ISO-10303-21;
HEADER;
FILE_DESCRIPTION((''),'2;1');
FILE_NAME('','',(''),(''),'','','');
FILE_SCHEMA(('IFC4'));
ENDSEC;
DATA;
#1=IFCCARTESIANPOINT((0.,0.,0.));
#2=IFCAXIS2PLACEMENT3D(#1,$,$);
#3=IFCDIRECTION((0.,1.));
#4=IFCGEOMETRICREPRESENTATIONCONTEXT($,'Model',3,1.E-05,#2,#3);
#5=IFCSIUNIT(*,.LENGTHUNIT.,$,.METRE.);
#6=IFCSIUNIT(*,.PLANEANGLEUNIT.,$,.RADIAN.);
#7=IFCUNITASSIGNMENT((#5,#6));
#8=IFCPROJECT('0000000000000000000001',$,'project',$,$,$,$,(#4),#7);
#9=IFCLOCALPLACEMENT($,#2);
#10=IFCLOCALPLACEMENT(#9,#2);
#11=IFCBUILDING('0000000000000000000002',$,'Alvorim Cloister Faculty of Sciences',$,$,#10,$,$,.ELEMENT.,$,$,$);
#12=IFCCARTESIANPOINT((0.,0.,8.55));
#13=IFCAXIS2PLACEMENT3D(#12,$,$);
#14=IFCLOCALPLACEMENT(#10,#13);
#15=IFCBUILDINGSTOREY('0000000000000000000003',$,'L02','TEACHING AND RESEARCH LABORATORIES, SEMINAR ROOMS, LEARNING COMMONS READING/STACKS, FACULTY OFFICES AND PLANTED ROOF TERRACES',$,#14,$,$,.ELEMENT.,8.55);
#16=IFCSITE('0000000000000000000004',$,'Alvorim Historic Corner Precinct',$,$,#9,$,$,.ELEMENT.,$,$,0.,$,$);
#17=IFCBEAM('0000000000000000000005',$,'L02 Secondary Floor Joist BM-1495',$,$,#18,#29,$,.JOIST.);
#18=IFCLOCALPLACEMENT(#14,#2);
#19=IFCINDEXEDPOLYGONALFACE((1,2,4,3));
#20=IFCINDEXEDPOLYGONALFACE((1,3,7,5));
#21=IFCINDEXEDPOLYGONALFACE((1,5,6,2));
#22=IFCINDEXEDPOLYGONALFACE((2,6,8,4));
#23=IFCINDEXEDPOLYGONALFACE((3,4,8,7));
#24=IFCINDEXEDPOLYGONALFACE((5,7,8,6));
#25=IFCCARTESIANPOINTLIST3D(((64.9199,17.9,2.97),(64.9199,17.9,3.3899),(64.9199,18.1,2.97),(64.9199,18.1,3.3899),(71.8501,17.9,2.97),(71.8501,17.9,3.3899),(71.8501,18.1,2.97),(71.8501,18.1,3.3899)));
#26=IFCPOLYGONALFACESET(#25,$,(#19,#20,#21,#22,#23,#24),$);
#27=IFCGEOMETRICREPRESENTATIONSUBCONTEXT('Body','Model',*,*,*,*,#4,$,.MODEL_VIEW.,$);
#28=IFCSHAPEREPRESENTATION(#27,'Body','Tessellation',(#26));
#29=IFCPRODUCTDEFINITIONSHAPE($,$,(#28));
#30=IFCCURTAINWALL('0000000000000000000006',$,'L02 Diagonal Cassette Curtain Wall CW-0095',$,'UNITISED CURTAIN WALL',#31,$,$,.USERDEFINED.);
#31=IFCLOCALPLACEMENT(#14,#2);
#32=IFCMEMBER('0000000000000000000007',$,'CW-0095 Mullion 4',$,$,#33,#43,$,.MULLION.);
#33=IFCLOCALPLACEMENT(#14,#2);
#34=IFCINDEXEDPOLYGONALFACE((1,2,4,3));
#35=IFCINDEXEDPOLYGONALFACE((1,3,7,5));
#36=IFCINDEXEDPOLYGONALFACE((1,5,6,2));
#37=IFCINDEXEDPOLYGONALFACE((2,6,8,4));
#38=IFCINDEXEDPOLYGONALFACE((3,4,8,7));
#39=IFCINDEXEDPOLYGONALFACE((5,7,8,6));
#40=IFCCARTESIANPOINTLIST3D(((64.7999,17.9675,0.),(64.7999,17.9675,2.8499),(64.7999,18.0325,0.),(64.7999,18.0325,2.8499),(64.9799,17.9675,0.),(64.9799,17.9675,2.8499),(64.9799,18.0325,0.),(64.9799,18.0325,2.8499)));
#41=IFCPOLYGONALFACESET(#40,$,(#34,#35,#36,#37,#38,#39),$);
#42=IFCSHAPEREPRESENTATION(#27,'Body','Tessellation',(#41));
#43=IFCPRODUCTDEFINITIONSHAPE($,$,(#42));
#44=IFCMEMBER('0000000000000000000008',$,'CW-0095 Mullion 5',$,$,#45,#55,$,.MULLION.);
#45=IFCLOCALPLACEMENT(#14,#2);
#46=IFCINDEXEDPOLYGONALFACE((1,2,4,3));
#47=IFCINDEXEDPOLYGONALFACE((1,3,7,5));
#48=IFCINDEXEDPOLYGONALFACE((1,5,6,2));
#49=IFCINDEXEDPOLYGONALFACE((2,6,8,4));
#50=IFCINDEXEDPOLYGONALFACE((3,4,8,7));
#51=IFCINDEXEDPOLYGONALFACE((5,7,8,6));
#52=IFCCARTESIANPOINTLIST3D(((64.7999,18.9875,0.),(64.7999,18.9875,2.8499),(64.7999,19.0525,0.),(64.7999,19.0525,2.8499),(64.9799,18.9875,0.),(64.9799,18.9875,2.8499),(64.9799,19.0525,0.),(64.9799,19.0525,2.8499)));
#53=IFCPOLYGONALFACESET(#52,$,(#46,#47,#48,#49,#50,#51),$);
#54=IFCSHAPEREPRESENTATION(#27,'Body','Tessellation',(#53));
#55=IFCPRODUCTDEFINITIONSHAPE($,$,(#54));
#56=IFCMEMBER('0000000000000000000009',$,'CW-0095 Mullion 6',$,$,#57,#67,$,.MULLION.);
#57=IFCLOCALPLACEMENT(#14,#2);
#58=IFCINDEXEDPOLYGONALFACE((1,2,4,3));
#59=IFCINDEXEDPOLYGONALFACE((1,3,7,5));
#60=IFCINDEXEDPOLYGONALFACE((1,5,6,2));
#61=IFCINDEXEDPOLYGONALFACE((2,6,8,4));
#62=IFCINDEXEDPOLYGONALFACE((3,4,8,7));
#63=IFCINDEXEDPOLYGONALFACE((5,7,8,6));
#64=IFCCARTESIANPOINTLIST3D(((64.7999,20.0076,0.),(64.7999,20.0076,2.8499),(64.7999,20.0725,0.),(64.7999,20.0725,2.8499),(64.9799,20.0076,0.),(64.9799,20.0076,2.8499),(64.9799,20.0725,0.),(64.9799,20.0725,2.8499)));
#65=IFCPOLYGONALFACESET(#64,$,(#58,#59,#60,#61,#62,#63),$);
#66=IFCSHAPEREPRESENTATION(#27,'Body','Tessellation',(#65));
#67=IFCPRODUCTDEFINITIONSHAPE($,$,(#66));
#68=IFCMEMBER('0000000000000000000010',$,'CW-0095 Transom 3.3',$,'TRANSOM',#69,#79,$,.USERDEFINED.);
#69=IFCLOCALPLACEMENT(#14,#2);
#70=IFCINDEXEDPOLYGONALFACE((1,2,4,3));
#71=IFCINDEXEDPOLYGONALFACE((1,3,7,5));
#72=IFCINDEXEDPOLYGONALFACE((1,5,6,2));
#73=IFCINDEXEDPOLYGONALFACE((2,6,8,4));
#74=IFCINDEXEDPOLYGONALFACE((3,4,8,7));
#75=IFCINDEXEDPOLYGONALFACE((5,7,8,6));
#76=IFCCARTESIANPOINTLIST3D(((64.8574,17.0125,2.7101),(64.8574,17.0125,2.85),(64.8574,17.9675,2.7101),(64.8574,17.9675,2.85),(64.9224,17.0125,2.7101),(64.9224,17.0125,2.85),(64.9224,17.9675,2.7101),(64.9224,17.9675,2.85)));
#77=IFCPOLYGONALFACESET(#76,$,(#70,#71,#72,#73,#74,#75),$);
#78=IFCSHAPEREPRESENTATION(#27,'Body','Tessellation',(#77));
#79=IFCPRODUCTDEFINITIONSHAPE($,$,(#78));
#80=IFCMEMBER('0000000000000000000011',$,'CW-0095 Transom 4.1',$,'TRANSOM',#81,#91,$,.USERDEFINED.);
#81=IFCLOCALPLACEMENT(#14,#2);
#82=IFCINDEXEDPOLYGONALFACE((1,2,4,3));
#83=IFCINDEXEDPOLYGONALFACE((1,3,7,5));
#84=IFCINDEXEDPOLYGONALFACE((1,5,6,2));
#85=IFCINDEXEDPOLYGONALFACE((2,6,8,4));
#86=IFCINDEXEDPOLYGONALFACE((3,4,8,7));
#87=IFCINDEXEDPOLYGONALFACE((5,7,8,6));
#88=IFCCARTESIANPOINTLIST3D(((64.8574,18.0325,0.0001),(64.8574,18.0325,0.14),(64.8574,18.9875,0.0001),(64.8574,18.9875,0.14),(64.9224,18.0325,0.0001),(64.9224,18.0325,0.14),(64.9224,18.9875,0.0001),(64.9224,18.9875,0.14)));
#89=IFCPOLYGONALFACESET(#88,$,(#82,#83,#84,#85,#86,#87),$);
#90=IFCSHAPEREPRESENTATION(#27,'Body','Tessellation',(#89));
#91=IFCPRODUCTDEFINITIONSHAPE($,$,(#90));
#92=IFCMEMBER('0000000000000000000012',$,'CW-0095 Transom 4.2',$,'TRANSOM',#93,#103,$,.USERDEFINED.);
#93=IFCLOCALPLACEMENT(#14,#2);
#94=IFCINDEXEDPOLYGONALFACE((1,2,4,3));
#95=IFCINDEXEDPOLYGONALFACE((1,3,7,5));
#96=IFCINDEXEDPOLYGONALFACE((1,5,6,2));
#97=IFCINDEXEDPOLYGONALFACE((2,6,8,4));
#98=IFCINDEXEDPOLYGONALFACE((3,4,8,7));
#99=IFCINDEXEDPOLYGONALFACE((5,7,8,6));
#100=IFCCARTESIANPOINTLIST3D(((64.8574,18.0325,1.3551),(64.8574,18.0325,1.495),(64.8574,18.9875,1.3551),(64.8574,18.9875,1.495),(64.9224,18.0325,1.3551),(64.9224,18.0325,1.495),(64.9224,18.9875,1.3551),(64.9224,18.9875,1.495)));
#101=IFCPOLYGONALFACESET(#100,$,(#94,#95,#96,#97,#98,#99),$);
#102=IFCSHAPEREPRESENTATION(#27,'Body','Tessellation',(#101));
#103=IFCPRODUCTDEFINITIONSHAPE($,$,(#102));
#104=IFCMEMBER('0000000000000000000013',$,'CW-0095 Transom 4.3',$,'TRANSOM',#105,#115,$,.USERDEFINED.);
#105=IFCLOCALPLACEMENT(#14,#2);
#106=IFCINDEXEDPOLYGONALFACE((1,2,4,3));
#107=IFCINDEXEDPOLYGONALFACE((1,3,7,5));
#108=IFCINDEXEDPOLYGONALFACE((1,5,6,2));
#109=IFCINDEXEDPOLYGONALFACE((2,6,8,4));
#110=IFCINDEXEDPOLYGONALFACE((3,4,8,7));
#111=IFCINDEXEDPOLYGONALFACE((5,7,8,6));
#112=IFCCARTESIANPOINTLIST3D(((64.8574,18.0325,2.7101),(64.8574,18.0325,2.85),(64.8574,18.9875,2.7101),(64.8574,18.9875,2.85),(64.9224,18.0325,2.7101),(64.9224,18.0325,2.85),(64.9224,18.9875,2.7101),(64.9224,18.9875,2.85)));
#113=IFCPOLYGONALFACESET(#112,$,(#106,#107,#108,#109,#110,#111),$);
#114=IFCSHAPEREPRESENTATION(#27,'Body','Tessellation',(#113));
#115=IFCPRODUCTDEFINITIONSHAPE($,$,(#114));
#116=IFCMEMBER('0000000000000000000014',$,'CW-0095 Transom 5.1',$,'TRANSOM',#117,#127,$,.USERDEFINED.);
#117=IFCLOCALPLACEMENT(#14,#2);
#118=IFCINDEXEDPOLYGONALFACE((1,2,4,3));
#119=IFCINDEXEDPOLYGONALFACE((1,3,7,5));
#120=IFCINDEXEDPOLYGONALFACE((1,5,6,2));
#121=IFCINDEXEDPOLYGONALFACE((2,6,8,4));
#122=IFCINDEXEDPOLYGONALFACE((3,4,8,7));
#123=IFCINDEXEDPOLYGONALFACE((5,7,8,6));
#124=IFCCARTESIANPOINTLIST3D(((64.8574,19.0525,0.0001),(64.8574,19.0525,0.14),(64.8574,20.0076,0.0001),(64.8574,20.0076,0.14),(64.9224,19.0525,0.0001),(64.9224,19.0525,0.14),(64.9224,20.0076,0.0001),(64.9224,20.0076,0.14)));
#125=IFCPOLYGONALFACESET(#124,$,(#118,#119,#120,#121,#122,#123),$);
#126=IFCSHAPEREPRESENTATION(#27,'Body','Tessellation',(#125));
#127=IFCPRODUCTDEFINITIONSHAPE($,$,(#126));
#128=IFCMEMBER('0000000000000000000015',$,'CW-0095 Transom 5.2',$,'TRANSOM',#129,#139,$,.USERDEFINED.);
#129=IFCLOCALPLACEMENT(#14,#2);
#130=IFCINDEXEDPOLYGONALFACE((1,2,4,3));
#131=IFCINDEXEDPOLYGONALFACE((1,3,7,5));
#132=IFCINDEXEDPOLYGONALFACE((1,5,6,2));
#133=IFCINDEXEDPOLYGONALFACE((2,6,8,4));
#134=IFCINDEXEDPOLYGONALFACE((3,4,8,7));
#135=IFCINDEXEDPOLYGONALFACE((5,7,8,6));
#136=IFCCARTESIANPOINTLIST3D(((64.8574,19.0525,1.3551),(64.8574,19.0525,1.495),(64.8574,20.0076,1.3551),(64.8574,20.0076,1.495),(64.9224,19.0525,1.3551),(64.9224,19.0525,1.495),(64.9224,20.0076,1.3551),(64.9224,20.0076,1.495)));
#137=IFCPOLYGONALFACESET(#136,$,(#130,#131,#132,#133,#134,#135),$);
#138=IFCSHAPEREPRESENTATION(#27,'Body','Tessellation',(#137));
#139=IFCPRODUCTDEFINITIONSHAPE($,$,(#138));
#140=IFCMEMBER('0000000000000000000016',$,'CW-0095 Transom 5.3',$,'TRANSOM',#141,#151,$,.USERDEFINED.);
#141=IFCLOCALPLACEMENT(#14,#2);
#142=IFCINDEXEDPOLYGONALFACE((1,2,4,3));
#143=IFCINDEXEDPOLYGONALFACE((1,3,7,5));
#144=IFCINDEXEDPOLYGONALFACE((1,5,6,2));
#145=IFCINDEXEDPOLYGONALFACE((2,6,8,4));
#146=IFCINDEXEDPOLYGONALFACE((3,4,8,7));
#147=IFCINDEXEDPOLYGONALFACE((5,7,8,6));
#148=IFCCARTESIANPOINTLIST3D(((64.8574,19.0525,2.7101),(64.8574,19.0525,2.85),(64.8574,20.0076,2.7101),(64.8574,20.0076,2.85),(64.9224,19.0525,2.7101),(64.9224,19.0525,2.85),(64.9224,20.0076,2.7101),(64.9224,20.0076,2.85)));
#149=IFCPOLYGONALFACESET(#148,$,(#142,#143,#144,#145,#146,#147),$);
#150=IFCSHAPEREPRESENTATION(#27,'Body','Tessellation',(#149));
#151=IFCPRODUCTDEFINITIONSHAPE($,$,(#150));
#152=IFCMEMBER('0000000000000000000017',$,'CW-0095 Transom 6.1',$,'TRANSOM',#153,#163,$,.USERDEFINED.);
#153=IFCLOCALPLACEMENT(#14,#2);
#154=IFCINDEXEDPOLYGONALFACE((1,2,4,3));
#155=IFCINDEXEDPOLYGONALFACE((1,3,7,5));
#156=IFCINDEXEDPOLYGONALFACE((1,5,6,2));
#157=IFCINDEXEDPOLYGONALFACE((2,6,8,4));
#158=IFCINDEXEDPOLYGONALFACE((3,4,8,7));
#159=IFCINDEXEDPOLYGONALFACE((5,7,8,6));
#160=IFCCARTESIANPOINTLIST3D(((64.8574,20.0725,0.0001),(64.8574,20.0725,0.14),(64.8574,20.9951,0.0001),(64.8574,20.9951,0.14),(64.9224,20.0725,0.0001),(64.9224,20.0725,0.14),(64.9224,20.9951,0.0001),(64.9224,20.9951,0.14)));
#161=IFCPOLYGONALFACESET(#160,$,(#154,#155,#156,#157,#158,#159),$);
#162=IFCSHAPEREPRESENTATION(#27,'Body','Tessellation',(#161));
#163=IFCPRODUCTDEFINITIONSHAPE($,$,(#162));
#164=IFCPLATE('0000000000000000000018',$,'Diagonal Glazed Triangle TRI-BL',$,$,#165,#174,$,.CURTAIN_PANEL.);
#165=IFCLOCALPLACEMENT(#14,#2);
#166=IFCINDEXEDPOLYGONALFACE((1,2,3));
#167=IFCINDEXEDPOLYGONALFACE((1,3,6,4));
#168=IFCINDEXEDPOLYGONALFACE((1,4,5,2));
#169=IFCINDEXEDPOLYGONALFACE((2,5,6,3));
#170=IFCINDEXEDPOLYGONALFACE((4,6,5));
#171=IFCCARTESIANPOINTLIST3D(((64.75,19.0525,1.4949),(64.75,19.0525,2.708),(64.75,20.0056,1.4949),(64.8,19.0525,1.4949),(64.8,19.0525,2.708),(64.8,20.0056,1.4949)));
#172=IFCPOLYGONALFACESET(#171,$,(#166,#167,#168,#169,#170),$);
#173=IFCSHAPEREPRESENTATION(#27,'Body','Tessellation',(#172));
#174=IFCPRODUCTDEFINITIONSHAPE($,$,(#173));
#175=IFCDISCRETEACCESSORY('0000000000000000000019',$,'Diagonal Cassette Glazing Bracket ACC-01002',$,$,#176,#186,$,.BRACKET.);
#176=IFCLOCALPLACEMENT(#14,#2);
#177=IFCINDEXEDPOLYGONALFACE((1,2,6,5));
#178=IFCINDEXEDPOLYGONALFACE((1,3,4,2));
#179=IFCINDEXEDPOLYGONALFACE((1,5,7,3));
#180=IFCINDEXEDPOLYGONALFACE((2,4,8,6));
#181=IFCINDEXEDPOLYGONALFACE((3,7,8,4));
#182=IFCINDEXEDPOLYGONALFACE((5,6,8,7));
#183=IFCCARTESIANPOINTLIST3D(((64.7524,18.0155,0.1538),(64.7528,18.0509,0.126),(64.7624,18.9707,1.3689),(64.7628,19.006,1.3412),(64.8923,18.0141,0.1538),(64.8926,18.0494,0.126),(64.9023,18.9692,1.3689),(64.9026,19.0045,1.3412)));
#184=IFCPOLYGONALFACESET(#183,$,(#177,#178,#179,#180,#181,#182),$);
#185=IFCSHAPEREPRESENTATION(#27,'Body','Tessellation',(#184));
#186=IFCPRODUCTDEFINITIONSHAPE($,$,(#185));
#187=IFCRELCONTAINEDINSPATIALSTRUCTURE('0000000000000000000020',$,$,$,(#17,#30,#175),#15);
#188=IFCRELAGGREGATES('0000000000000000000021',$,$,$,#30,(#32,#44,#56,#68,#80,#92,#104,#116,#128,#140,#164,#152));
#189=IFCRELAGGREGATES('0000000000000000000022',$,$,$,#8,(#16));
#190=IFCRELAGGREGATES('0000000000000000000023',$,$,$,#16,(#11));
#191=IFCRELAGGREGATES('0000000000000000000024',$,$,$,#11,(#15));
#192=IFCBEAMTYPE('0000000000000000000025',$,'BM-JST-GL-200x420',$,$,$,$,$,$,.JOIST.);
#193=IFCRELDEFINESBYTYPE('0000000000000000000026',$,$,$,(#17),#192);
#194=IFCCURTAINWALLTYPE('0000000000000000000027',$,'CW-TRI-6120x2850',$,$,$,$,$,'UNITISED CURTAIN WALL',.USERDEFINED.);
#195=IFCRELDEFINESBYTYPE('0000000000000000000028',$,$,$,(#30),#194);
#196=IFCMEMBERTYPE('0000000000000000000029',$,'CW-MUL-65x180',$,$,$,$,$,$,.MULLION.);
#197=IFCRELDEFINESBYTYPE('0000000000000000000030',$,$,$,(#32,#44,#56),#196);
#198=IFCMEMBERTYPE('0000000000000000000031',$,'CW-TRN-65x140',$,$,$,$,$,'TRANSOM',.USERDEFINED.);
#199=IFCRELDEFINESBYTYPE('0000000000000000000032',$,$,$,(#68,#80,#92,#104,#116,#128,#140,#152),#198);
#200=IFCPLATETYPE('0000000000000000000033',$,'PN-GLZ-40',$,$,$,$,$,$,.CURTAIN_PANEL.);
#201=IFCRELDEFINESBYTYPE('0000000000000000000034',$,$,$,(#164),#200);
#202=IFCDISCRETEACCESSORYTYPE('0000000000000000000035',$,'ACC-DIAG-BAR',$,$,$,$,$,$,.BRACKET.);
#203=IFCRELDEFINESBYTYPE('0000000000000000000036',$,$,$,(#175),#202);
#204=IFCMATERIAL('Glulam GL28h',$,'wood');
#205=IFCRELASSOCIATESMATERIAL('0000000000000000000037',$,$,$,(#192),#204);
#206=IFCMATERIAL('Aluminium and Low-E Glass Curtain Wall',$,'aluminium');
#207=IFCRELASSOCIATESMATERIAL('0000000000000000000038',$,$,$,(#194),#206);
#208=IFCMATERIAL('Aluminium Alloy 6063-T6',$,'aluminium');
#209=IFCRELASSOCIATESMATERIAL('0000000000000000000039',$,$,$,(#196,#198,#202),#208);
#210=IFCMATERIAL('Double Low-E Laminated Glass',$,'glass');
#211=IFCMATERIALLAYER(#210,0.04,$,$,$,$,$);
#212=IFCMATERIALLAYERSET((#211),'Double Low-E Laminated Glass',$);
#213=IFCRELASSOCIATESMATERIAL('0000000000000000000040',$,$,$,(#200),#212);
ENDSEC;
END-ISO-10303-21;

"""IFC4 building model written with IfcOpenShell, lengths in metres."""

from ifc_helpers import new_model, si_unit, direction, frame, origin, origin_2d, place, context, subcontext, project, spatial, polyline, rectangle, outline, extrude, material, layer, layer_set, material_profile, profile_set, type_object, element, aggregate, save


model = new_model("IFC4")

# Units and contexts
model_context = context("Model", 3, precision=1e-05, world=origin(), true_north=direction((0.0, 1.0)))
body_context = subcontext(model_context, "Body", "Model", "MODEL_VIEW")
ifc_project = project(units=[si_unit("LENGTHUNIT", "METRE"), si_unit("PLANEANGLEUNIT", "RADIAN")], contexts=[model_context])

# Site, building, storey
site_placement = place(None, origin())
site = spatial("IfcSite", under=ifc_project, at=site_placement, Name="Alvorim Historic Corner Precinct", CompositionType="ELEMENT", RefElevation=0.0)
building_placement = place(site_placement, origin())
building = spatial("IfcBuilding", under=site, at=building_placement, Name="Alvorim Cloister Faculty of Sciences", CompositionType="ELEMENT")
storey_placement = place(building_placement, frame((0.0, 0.0, 8.55)))
storey = spatial("IfcBuildingStorey", under=building, at=storey_placement, Name="L02", Description="TEACHING AND RESEARCH LABORATORIES, SEMINAR ROOMS, LEARNING COMMONS READING/STACKS, FACULTY OFFICES AND PLANTED ROOF TERRACES", CompositionType="ELEMENT", Elevation=8.55)

# Beam
ifc_material_1 = material(Name="Glulam GL28h", Category="wood")
ifc_material_profile_1 = material_profile(ifc_material_1, rectangle(XDim=0.2, YDim=0.4199, at=origin_2d()), Name="GL28-JST-200x420")
ifc_profile_set_1 = profile_set([ifc_material_profile_1], Name="Glulam GL28h")
beam_type = type_object("IfcBeamType", Name="BM-JST-GL-200x420", PredefinedType="JOIST", material=ifc_profile_set_1)
beam_placement = place(storey_placement, frame((64.9199, 18.0, 3.1799), z_axis=(1.0, 0.0, 0.0), x_axis=(0.0, 1.0, 0.0)))
element("IfcBeam", 1, at=beam_placement, inside=storey, type_object=beam_type, Name="L02 Secondary Floor Joist BM-1495", PredefinedType="JOIST", context=body_context, shape_type="SweptSolid", body=[
    extrude(rectangle(XDim=0.2, YDim=0.4199, at=origin_2d()), origin(), (0.0, 0.0, 1.0), 6.9302),
])

# Curtain wall, members, plate
ifc_material_2 = material(Name="Aluminium and Low-E Glass Curtain Wall", Category="aluminium")
curtain_wall_type = type_object("IfcCurtainWallType", Name="CW-TRI-6120x2850", ElementType="UNITISED CURTAIN WALL", PredefinedType="USERDEFINED", material=ifc_material_2)
curtain_wall_placement = place(storey_placement, origin())
curtain_wall = element("IfcCurtainWall", 2, at=curtain_wall_placement, inside=storey, type_object=curtain_wall_type, Name="L02 Diagonal Cassette Curtain Wall CW-0095", ObjectType="UNITISED CURTAIN WALL", PredefinedType="USERDEFINED")
ifc_material_3 = material(Name="Aluminium Alloy 6063-T6", Category="aluminium")
ifc_material_profile_2 = material_profile(ifc_material_3, rectangle(XDim=0.0649, YDim=0.1799, at=origin_2d()), Name="ALU-MUL-65x180")
ifc_profile_set_2 = profile_set([ifc_material_profile_2], Name="Aluminium Alloy 6063-T6")
member_type_1 = type_object("IfcMemberType", Name="CW-MUL-65x180", PredefinedType="MULLION", material=ifc_profile_set_2)
member_1_placement = place(storey_placement, frame((64.8899, 18.0, 0.0), z_axis=(0.0, 0.0, 1.0), x_axis=(0.0, 1.0, 0.0)))
member_1 = element("IfcMember", 3, at=member_1_placement, type_object=member_type_1, Name="CW-0095 Mullion 4", PredefinedType="MULLION", context=body_context, shape_type="SweptSolid", body=[
    extrude(rectangle(XDim=0.0649, YDim=0.1799, at=origin_2d()), origin(), (0.0, 0.0, 1.0), 2.8499),
])
member_2_placement = place(storey_placement, frame((64.8899, 19.02, 0.0), z_axis=(0.0, 0.0, 1.0), x_axis=(0.0, 1.0, 0.0)))
member_2 = element("IfcMember", 4, at=member_2_placement, type_object=member_type_1, Name="CW-0095 Mullion 5", PredefinedType="MULLION", context=body_context, shape_type="SweptSolid", body=[
    extrude(rectangle(XDim=0.0649, YDim=0.1799, at=origin_2d()), origin(), (0.0, 0.0, 1.0), 2.8499),
])
member_3_placement = place(storey_placement, frame((64.8899, 20.04, 0.0), z_axis=(0.0, 0.0, 1.0), x_axis=(0.0, 1.0, 0.0)))
member_3 = element("IfcMember", 5, at=member_3_placement, type_object=member_type_1, Name="CW-0095 Mullion 6", PredefinedType="MULLION", context=body_context, shape_type="SweptSolid", body=[
    extrude(rectangle(XDim=0.0649, YDim=0.1799, at=origin_2d()), origin(), (0.0, 0.0, 1.0), 2.8499),
])
ifc_material_profile_3 = material_profile(ifc_material_3, rectangle(XDim=0.0649, YDim=0.1399, at=origin_2d()), Name="ALU-TRN-65x140")
ifc_profile_set_3 = profile_set([ifc_material_profile_3], Name="Aluminium Alloy 6063-T6")
member_type_2 = type_object("IfcMemberType", Name="CW-TRN-65x140", ElementType="TRANSOM", PredefinedType="USERDEFINED", material=ifc_profile_set_3)
member_4_placement = place(storey_placement, frame((64.8899, 17.0125, 2.78), z_axis=(0.0, 1.0, 0.0), x_axis=(-1.0, 0.0, 0.0)))
member_4 = element("IfcMember", 6, at=member_4_placement, type_object=member_type_2, Name="CW-0095 Transom 3.3", ObjectType="TRANSOM", PredefinedType="USERDEFINED", context=body_context, shape_type="SweptSolid", body=[
    extrude(rectangle(XDim=0.0649, YDim=0.1399, at=origin_2d()), origin(), (0.0, 0.0, 1.0), 0.9551),
])
member_5_placement = place(storey_placement, frame((64.8899, 18.0325, 0.0701), z_axis=(0.0, 1.0, 0.0), x_axis=(-1.0, 0.0, 0.0)))
member_5 = element("IfcMember", 7, at=member_5_placement, type_object=member_type_2, Name="CW-0095 Transom 4.1", ObjectType="TRANSOM", PredefinedType="USERDEFINED", context=body_context, shape_type="SweptSolid", body=[
    extrude(rectangle(XDim=0.0649, YDim=0.1399, at=origin_2d()), origin(), (0.0, 0.0, 1.0), 0.9551),
])
member_6_placement = place(storey_placement, frame((64.8899, 18.0325, 1.425), z_axis=(0.0, 1.0, 0.0), x_axis=(-1.0, 0.0, 0.0)))
member_6 = element("IfcMember", 8, at=member_6_placement, type_object=member_type_2, Name="CW-0095 Transom 4.2", ObjectType="TRANSOM", PredefinedType="USERDEFINED", context=body_context, shape_type="SweptSolid", body=[
    extrude(rectangle(XDim=0.0649, YDim=0.1399, at=origin_2d()), origin(), (0.0, 0.0, 1.0), 0.9551),
])
member_7_placement = place(storey_placement, frame((64.8899, 18.0325, 2.78), z_axis=(0.0, 1.0, 0.0), x_axis=(-1.0, 0.0, 0.0)))
member_7 = element("IfcMember", 9, at=member_7_placement, type_object=member_type_2, Name="CW-0095 Transom 4.3", ObjectType="TRANSOM", PredefinedType="USERDEFINED", context=body_context, shape_type="SweptSolid", body=[
    extrude(rectangle(XDim=0.0649, YDim=0.1399, at=origin_2d()), origin(), (0.0, 0.0, 1.0), 0.9551),
])
member_8_placement = place(storey_placement, frame((64.8899, 19.0525, 0.0701), z_axis=(0.0, 1.0, 0.0), x_axis=(-1.0, 0.0, 0.0)))
member_8 = element("IfcMember", 10, at=member_8_placement, type_object=member_type_2, Name="CW-0095 Transom 5.1", ObjectType="TRANSOM", PredefinedType="USERDEFINED", context=body_context, shape_type="SweptSolid", body=[
    extrude(rectangle(XDim=0.0649, YDim=0.1399, at=origin_2d()), origin(), (0.0, 0.0, 1.0), 0.9551),
])
member_9_placement = place(storey_placement, frame((64.8899, 19.0525, 1.425), z_axis=(0.0, 1.0, 0.0), x_axis=(-1.0, 0.0, 0.0)))
member_9 = element("IfcMember", 11, at=member_9_placement, type_object=member_type_2, Name="CW-0095 Transom 5.2", ObjectType="TRANSOM", PredefinedType="USERDEFINED", context=body_context, shape_type="SweptSolid", body=[
    extrude(rectangle(XDim=0.0649, YDim=0.1399, at=origin_2d()), origin(), (0.0, 0.0, 1.0), 0.9551),
])
member_10_placement = place(storey_placement, frame((64.8899, 19.0525, 2.78), z_axis=(0.0, 1.0, 0.0), x_axis=(-1.0, 0.0, 0.0)))
member_10 = element("IfcMember", 12, at=member_10_placement, type_object=member_type_2, Name="CW-0095 Transom 5.3", ObjectType="TRANSOM", PredefinedType="USERDEFINED", context=body_context, shape_type="SweptSolid", body=[
    extrude(rectangle(XDim=0.0649, YDim=0.1399, at=origin_2d()), origin(), (0.0, 0.0, 1.0), 0.9551),
])
member_11_placement = place(storey_placement, frame((64.8899, 20.0725, 0.0701), z_axis=(0.0, 1.0, 0.0), x_axis=(-1.0, 0.0, 0.0)))
member_11 = element("IfcMember", 13, at=member_11_placement, type_object=member_type_2, Name="CW-0095 Transom 6.1", ObjectType="TRANSOM", PredefinedType="USERDEFINED", context=body_context, shape_type="SweptSolid", body=[
    extrude(rectangle(XDim=0.0649, YDim=0.1399, at=origin_2d()), origin(), (0.0, 0.0, 1.0), 0.9226),
])
ifc_material_4 = material(Name="Double Low-E Laminated Glass", Category="glass")
ifc_layer = layer(ifc_material_4, 0.04)
ifc_layer_set = layer_set([ifc_layer], Name="Double Low-E Laminated Glass")
plate_type = type_object("IfcPlateType", Name="PN-GLZ-40", PredefinedType="CURTAIN_PANEL", material=ifc_layer_set)
plate_1_placement = place(storey_placement, frame((64.7749, 19.0525, 1.4949), z_axis=(0.0, 0.0, 1.0), x_axis=(0.0, 1.0, 0.0)))
plate_1 = element("IfcPlate", 14, at=plate_1_placement, type_object=plate_type, Name="Diagonal Glazed Triangle TRI-BL", PredefinedType="CURTAIN_PANEL", context=body_context, shape_type="SweptSolid", body=[
    extrude(outline(polyline([(0.0, 0.0), (0.9531, 0.0), (0.0, 1.2131), (0.0, 0.0)])), frame((0.0, 0.0249, 0.0), z_axis=(0.0, -1.0, 0.0), x_axis=(1.0, 0.0, 0.0)), (0.0, 0.0, 1.0), 0.05),
])
aggregate(curtain_wall, [member_1, member_2, member_3, member_4, member_5, member_6, member_7, member_8, member_9, member_10, plate_1, member_11])

# Discrete accessory
discrete_accessory_type = type_object("IfcDiscreteAccessoryType", Name="ACC-DIAG-BAR", PredefinedType="BRACKET", material=ifc_material_3)
for number, where, z_axis, x_axis, name in (
    (15, (64.8225, 18.0325, 0.1399), (0.006477, 0.617955, 0.786187), (-0.999945, 0.01048, 0.0), "Diagonal Cassette Glazing Bracket ACC-01002"),
):
    element("IfcDiscreteAccessory", number, at=place(storey_placement, frame(where, z_axis=z_axis, x_axis=x_axis)), inside=storey, type_object=discrete_accessory_type, Name=name, PredefinedType="BRACKET", context=body_context, shape_type="SweptSolid", body=[
        extrude(rectangle(XDim=0.1399, YDim=0.0449, at=origin_2d()), origin(), (0.0, 0.0, 1.0), 1.5457),
    ])

save(model, "model.ifc")
